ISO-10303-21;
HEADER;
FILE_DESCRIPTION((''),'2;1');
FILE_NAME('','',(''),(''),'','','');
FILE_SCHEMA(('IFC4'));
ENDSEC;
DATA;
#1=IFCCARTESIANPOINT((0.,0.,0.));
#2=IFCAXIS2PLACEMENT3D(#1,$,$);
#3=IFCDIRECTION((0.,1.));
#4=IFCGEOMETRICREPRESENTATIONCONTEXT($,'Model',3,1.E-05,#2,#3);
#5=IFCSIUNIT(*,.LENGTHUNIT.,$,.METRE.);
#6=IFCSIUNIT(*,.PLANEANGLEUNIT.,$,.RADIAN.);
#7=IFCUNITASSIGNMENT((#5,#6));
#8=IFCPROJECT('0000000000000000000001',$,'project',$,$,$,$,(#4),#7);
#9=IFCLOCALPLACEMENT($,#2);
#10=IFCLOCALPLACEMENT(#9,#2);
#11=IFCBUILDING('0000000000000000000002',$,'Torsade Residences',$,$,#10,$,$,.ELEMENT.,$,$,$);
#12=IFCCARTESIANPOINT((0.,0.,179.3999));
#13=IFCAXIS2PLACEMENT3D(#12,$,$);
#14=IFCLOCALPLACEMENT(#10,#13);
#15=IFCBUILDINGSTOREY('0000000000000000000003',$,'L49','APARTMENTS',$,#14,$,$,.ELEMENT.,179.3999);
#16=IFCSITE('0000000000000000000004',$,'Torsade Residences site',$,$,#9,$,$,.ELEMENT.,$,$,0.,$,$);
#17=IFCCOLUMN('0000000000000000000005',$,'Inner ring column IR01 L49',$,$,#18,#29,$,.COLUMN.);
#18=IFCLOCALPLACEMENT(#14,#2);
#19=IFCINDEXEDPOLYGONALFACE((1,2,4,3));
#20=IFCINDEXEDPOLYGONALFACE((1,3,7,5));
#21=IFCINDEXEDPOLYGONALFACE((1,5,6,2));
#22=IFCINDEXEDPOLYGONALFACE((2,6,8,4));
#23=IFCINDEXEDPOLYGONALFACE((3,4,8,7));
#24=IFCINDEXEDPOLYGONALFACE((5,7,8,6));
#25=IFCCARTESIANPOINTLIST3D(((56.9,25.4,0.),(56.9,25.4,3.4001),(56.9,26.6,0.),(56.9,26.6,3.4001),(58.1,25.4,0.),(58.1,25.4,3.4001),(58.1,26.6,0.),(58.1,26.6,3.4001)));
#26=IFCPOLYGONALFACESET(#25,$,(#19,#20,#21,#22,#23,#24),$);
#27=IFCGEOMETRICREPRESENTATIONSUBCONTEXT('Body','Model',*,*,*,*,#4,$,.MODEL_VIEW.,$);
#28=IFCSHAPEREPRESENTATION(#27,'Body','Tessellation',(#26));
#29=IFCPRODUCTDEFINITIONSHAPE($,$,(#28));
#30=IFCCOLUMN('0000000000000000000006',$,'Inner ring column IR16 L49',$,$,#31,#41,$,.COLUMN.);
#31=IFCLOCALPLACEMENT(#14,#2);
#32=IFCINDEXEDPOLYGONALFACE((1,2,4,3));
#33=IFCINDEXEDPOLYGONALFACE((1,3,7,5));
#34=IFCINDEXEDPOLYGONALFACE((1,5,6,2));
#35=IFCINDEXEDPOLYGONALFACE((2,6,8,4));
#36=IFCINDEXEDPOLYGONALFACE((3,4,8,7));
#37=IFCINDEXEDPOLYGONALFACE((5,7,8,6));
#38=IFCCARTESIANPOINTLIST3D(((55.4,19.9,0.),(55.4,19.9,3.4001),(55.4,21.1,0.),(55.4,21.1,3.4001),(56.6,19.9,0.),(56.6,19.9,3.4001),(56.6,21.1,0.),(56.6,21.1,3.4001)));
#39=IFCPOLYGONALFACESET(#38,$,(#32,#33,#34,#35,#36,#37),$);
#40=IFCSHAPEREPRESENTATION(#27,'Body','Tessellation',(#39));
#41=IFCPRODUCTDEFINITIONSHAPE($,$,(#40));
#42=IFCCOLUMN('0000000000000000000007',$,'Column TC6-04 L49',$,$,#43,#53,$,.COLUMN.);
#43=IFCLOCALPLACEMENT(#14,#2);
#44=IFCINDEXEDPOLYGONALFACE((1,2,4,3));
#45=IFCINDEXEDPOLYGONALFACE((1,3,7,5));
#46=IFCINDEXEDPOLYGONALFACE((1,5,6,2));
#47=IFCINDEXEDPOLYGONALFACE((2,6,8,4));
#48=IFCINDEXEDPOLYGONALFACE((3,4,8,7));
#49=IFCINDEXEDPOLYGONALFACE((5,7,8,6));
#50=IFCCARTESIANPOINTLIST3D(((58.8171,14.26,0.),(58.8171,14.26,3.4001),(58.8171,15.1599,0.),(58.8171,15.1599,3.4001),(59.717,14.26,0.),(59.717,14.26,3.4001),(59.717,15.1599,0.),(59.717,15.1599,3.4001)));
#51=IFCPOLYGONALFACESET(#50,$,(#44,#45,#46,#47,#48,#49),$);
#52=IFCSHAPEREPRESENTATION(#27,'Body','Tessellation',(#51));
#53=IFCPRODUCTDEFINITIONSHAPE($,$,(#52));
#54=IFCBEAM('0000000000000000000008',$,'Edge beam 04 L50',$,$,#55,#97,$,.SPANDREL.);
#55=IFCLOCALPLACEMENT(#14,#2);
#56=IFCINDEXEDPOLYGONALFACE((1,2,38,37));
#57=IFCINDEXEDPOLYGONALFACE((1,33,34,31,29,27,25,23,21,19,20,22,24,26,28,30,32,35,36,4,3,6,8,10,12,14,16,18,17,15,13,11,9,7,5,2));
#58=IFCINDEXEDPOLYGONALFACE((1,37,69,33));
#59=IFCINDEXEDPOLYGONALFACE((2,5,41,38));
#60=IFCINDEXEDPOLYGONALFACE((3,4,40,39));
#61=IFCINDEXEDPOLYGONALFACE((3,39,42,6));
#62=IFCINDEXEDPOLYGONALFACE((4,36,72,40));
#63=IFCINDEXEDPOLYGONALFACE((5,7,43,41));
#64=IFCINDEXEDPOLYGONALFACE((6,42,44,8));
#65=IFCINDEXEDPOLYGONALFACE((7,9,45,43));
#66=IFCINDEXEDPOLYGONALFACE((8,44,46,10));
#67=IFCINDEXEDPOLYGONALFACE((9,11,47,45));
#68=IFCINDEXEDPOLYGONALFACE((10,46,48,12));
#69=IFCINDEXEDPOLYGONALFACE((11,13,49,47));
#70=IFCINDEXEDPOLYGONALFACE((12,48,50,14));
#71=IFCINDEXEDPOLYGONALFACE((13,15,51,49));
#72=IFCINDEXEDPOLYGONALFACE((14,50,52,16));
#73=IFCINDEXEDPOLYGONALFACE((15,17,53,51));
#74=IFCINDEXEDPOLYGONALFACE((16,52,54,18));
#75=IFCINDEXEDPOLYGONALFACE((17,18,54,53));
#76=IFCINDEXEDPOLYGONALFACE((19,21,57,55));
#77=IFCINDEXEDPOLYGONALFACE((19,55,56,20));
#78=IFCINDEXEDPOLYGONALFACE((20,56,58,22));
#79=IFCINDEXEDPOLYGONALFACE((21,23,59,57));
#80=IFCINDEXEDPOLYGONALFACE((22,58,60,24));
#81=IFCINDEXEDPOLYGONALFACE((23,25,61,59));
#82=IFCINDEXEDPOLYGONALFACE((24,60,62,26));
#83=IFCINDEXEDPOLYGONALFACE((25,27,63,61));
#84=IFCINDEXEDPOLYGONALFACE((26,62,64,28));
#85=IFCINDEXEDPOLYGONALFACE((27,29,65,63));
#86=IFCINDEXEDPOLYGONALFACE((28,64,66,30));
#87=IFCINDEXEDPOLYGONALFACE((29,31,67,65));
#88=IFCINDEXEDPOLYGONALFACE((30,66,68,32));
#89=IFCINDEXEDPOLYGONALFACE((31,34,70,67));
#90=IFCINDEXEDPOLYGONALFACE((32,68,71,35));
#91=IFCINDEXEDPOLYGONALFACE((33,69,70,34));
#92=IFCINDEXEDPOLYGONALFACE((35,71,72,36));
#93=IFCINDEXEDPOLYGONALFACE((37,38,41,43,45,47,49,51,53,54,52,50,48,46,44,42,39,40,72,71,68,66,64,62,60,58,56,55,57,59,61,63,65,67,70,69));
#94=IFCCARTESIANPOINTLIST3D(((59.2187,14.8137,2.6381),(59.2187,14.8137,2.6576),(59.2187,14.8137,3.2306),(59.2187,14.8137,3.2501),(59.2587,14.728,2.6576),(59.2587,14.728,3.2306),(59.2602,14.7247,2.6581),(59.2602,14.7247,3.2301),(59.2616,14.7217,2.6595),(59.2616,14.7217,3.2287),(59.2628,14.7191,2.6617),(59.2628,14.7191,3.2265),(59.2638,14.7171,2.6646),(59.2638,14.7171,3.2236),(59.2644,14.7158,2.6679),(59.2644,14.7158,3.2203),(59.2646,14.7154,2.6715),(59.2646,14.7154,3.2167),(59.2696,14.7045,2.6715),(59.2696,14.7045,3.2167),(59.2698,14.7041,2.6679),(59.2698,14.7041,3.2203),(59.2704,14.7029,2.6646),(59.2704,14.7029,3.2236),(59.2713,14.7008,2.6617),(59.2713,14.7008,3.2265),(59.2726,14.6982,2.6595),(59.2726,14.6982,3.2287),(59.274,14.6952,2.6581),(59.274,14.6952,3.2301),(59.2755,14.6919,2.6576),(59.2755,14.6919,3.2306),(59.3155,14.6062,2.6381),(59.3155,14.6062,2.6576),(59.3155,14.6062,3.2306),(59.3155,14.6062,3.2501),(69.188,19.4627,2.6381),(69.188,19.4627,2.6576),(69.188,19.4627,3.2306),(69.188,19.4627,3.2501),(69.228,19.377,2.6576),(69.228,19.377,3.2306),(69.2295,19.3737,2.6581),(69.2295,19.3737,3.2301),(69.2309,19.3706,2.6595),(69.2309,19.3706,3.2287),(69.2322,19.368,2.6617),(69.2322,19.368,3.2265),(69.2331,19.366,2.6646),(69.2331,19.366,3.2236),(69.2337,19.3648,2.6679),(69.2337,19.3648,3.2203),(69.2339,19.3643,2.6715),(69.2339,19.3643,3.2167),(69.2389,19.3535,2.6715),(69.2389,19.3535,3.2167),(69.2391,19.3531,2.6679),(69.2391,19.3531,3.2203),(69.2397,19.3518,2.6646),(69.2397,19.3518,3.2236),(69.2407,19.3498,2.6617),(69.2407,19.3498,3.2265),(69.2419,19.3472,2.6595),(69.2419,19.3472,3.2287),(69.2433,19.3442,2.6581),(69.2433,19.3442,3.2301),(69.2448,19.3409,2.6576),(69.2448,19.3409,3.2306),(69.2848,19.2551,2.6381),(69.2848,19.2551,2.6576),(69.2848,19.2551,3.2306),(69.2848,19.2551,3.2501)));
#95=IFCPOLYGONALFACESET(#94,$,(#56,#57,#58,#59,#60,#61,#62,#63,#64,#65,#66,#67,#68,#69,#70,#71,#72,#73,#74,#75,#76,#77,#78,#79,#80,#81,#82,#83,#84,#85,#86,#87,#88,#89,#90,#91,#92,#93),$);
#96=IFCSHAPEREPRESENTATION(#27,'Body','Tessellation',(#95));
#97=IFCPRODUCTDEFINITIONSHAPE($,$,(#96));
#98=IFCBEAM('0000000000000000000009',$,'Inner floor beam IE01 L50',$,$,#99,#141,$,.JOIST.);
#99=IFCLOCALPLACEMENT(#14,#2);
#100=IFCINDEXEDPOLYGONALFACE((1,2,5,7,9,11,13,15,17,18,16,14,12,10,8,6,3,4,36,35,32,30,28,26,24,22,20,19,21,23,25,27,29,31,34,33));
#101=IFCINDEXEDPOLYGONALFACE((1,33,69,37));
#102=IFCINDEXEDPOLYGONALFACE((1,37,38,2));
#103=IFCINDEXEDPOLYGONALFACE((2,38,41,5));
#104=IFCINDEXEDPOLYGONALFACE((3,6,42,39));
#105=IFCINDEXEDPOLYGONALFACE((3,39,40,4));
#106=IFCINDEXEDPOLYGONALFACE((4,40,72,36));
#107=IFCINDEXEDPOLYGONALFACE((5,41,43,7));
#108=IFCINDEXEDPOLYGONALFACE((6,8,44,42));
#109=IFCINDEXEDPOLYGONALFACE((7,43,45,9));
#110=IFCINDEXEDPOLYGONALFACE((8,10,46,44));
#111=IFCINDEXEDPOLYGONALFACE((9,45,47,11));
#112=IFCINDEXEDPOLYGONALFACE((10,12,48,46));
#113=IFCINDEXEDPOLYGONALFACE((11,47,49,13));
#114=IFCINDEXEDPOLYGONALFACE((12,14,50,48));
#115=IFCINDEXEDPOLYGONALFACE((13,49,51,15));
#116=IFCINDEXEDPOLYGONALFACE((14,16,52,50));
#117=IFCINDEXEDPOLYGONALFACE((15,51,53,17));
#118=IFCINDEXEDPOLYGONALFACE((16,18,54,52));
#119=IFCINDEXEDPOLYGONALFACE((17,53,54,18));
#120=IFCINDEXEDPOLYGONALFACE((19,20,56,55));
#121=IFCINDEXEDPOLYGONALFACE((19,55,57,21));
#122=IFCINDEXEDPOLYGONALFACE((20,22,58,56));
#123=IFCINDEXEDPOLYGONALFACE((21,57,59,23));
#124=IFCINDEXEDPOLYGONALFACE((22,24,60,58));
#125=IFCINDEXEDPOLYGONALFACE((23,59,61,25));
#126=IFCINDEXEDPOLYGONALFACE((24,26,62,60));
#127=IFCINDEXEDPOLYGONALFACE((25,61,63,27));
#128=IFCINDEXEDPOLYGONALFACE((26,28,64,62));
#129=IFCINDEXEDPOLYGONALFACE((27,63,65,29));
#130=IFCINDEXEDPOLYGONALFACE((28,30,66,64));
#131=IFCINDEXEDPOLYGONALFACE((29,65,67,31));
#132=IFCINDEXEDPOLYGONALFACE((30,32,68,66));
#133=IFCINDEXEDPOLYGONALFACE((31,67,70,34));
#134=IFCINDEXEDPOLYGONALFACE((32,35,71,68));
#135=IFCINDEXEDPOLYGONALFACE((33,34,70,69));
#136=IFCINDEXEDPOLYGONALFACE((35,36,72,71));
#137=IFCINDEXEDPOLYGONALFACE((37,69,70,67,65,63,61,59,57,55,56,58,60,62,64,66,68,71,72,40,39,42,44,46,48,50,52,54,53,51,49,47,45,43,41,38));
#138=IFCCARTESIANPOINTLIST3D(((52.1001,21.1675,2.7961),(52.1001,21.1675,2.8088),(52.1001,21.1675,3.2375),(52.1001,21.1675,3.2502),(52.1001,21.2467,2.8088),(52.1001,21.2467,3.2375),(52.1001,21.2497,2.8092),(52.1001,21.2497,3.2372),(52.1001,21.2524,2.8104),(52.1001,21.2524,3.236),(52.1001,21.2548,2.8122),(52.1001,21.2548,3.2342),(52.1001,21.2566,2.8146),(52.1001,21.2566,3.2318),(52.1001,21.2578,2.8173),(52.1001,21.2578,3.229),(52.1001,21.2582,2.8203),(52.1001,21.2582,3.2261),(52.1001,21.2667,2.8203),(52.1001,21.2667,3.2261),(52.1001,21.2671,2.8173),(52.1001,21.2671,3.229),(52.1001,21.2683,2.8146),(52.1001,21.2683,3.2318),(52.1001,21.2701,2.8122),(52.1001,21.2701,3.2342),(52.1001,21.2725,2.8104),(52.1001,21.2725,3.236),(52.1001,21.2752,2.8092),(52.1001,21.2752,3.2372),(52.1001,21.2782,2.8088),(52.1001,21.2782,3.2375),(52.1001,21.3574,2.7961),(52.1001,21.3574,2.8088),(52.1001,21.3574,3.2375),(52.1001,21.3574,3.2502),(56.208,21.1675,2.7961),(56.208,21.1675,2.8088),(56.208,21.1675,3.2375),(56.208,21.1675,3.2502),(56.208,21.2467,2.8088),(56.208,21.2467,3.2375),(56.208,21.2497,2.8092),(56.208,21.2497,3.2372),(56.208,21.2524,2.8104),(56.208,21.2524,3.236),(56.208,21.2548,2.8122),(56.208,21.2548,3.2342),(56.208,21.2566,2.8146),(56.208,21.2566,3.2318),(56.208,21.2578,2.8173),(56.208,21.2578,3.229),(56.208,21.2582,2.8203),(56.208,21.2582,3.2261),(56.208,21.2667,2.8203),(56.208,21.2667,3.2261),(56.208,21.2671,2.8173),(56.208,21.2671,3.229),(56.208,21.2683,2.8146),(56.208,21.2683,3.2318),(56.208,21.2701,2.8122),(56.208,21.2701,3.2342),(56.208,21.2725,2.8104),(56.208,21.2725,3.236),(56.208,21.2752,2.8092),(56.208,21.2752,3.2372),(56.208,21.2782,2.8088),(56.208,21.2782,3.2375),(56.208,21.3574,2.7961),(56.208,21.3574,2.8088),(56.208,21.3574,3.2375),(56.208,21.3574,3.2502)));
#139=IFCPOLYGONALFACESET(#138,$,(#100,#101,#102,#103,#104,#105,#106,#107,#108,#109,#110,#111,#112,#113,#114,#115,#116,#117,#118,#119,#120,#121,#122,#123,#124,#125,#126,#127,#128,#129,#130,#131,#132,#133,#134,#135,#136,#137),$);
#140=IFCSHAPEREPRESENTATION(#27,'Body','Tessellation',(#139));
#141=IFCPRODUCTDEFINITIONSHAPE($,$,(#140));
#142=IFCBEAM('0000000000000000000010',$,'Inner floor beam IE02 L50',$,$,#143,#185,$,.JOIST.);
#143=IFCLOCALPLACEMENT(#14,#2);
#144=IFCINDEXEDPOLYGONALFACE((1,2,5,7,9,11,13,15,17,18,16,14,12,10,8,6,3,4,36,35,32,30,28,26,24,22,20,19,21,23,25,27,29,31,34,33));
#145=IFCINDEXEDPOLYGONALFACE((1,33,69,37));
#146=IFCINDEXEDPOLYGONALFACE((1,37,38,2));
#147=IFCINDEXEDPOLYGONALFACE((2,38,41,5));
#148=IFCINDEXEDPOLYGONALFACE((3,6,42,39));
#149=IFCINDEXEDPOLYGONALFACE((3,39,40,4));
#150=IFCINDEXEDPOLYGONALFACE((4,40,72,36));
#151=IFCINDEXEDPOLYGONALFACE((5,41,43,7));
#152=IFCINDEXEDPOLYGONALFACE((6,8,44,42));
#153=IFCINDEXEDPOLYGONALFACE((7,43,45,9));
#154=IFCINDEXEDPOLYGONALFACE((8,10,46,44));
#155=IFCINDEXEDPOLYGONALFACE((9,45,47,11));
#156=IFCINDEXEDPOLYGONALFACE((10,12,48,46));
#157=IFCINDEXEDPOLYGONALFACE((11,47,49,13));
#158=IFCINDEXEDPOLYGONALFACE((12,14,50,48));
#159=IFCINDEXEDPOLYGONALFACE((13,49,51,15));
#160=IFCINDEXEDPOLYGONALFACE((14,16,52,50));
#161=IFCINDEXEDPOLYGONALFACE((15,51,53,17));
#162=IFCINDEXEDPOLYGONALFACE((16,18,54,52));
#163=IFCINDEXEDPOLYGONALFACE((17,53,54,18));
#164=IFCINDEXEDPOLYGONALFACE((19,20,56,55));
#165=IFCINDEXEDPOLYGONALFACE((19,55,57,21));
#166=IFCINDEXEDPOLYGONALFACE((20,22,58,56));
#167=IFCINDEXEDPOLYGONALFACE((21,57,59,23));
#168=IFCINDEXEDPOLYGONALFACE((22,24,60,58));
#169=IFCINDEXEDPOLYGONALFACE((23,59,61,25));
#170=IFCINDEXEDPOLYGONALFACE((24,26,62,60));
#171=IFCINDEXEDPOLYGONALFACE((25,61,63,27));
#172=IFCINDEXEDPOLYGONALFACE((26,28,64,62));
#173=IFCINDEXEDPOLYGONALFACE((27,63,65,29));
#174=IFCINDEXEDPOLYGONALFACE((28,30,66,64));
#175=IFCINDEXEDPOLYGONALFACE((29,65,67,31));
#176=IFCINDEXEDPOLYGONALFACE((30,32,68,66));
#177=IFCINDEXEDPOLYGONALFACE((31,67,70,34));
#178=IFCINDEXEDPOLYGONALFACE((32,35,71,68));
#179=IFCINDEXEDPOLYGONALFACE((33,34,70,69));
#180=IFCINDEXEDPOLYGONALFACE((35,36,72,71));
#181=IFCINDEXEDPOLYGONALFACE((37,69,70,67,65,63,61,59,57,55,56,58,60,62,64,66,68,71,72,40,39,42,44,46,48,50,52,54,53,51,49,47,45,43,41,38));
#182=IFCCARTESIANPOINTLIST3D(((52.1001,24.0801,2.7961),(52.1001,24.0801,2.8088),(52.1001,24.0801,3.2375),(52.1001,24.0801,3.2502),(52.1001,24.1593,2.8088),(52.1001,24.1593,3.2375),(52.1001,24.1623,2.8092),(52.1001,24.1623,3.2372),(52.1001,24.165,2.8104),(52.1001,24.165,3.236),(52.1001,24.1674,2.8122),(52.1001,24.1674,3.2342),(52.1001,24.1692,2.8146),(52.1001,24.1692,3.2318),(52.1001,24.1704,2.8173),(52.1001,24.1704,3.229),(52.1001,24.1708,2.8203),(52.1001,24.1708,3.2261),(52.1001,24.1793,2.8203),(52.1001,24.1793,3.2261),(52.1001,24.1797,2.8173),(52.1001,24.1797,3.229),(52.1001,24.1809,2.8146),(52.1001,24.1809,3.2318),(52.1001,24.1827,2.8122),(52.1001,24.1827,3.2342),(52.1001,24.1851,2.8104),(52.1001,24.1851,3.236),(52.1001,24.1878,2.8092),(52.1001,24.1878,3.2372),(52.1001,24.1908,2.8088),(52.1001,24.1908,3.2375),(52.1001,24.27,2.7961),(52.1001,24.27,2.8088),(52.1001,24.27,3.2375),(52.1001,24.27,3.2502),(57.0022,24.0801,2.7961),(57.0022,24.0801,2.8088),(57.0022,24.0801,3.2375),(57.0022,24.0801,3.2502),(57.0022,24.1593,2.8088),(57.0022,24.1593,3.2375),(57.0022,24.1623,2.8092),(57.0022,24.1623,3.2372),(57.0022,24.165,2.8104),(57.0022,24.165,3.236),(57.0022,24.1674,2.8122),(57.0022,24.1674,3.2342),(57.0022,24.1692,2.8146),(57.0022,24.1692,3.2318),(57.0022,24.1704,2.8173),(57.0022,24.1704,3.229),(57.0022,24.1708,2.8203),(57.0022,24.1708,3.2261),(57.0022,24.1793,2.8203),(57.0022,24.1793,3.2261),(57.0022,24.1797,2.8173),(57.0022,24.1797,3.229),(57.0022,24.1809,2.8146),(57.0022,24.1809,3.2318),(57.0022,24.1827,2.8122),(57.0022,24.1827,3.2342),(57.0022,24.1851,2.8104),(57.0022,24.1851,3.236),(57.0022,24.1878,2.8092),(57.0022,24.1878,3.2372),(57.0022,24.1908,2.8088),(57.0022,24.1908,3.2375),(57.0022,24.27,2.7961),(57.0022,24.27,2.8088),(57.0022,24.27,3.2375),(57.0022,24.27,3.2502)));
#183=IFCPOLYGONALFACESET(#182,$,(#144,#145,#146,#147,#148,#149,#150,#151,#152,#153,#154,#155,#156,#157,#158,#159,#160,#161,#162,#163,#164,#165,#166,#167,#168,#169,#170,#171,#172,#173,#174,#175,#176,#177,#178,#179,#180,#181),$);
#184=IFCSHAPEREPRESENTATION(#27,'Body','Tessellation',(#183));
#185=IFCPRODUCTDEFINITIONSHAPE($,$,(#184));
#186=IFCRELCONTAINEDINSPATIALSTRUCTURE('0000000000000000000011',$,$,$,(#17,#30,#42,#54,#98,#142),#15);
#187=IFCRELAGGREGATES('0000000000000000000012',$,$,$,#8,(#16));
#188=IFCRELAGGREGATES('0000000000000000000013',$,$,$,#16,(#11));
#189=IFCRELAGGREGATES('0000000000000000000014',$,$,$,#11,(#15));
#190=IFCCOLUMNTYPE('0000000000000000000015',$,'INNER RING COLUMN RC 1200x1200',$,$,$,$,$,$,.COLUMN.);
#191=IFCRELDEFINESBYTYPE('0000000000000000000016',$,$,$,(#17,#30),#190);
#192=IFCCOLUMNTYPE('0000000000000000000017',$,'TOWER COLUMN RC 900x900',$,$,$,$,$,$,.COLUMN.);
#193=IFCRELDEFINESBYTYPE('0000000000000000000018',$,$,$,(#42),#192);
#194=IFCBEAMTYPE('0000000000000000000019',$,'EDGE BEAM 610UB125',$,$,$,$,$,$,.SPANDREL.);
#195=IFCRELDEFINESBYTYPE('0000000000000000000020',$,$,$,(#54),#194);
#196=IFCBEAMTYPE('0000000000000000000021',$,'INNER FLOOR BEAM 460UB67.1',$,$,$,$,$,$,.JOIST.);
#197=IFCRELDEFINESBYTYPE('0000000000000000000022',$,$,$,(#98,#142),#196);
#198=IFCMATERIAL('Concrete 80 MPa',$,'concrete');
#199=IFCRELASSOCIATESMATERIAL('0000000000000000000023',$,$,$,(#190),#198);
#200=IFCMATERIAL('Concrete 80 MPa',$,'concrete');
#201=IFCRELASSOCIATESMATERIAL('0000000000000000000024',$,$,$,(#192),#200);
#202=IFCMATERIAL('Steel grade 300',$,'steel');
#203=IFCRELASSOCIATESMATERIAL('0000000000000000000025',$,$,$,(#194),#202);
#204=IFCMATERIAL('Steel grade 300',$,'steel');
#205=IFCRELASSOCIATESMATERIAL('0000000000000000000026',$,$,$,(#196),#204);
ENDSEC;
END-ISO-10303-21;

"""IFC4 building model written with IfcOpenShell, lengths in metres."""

from ifc_helpers import new_model, si_unit, direction, frame, origin, origin_2d, place, context, subcontext, project, spatial, rectangle, i_section, extrude, material, material_profile, profile_set, type_object, element, save


model = new_model("IFC4")

# Units and contexts
model_context = context("Model", 3, precision=1e-05, world=origin(), true_north=direction((0.0, 1.0)))
body_context = subcontext(model_context, "Body", "Model", "MODEL_VIEW")
ifc_project = project(units=[si_unit("LENGTHUNIT", "METRE"), si_unit("PLANEANGLEUNIT", "RADIAN")], contexts=[model_context])

# Site, building, storey
site_placement = place(None, origin())
site = spatial("IfcSite", under=ifc_project, at=site_placement, Name="Torsade Residences site", CompositionType="ELEMENT", RefElevation=0.0)
building_placement = place(site_placement, origin())
building = spatial("IfcBuilding", under=site, at=building_placement, Name="Torsade Residences", CompositionType="ELEMENT")
storey_placement = place(building_placement, frame((0.0, 0.0, 179.3999)))
storey = spatial("IfcBuildingStorey", under=building, at=storey_placement, Name="L49", Description="APARTMENTS", CompositionType="ELEMENT", Elevation=179.3999)

# Columns
ifc_material_1 = material(Name="Concrete 80 MPa", Category="concrete")
ifc_material_profile_1 = material_profile(ifc_material_1, rectangle(XDim=1.2, YDim=1.2, at=origin_2d()), Name="RC 1200x1200")
ifc_profile_set_1 = profile_set([ifc_material_profile_1], Name="Concrete 80 MPa")
column_type_1 = type_object("IfcColumnType", Name="INNER RING COLUMN RC 1200x1200", PredefinedType="COLUMN", material=ifc_profile_set_1)
for number, where, z_axis, x_axis, name in (
    (1, (57.5, 26.0, 0.0), (0.0, 0.0, 1.0), (1.0, 0.0, 0.0), "Inner ring column IR01 L49"),
    (2, (56.0, 20.5, 0.0), (0.0, 0.0, 1.0), (1.0, 0.0, 0.0), "Inner ring column IR16 L49"),
):
    element("IfcColumn", number, at=place(storey_placement, frame(where, z_axis=z_axis, x_axis=x_axis)), inside=storey, type_object=column_type_1, Name=name, PredefinedType="COLUMN", context=body_context, shape_type="SweptSolid", body=[
        extrude(rectangle(XDim=1.2, YDim=1.2, at=origin_2d()), origin(), (0.0, 0.0, 1.0), 3.4001),
    ])
ifc_material_2 = material(Name="Concrete 80 MPa", Category="concrete")
ifc_material_profile_2 = material_profile(ifc_material_2, rectangle(XDim=0.8999, YDim=0.8999, at=origin_2d()), Name="RC 900x900")
ifc_profile_set_2 = profile_set([ifc_material_profile_2], Name="Concrete 80 MPa")
column_type_2 = type_object("IfcColumnType", Name="TOWER COLUMN RC 900x900", PredefinedType="COLUMN", material=ifc_profile_set_2)
column_placement = place(storey_placement, frame((59.2671, 14.71, 0.0), z_axis=(0.0, 0.0, 1.0), x_axis=(1.0, 0.0, 0.0)))
element("IfcColumn", 3, at=column_placement, inside=storey, type_object=column_type_2, Name="Column TC6-04 L49", PredefinedType="COLUMN", context=body_context, shape_type="SweptSolid", body=[
    extrude(rectangle(XDim=0.8999, YDim=0.8999, at=origin_2d()), origin(), (0.0, 0.0, 1.0), 3.4001),
])

# Beams
ifc_material_3 = material(Name="Steel grade 300", Category="steel")
ifc_material_profile_3 = material_profile(ifc_material_3, i_section(OverallWidth=0.229, OverallDepth=0.6121, WebThickness=0.012, FlangeThickness=0.0195, FilletRadius=0.0139, at=origin_2d()), Name="610UB125")
ifc_profile_set_3 = profile_set([ifc_material_profile_3], Name="Steel grade 300")
beam_type_1 = type_object("IfcBeamType", Name="EDGE BEAM 610UB125", PredefinedType="SPANDREL", material=ifc_profile_set_3)
beam_1_placement = place(storey_placement, frame((59.2671, 14.71, 2.9441), z_axis=(0.906301, 0.422633, 0.0), x_axis=(-0.422633, 0.906301, 0.0)))
element("IfcBeam", 4, at=beam_1_placement, inside=storey, type_object=beam_type_1, Name="Edge beam 04 L50", PredefinedType="SPANDREL", context=body_context, shape_type="SweptSolid", body=[
    extrude(i_section(OverallWidth=0.229, OverallDepth=0.6121, WebThickness=0.012, FlangeThickness=0.0195, FilletRadius=0.0139, at=origin_2d()), origin(), (0.0, 0.0, 1.0), 11.0),
])
ifc_material_4 = material(Name="Steel grade 300", Category="steel")
ifc_material_profile_4 = material_profile(ifc_material_4, i_section(OverallWidth=0.1899, OverallDepth=0.4541, WebThickness=0.0085, FlangeThickness=0.0127, FilletRadius=0.0115, at=origin_2d()), Name="460UB67.1")
ifc_profile_set_4 = profile_set([ifc_material_profile_4], Name="Steel grade 300")
beam_type_2 = type_object("IfcBeamType", Name="INNER FLOOR BEAM 460UB67.1", PredefinedType="JOIST", material=ifc_profile_set_4)
beam_2_placement = place(storey_placement, frame((52.1001, 21.2625, 3.0232), z_axis=(1.0, 0.0, 0.0), x_axis=(0.0, 1.0, 0.0)))
element("IfcBeam", 5, at=beam_2_placement, inside=storey, type_object=beam_type_2, Name="Inner floor beam IE01 L50", PredefinedType="JOIST", context=body_context, shape_type="SweptSolid", body=[
    extrude(i_section(OverallWidth=0.1899, OverallDepth=0.4541, WebThickness=0.0085, FlangeThickness=0.0127, FilletRadius=0.0115, at=origin_2d()), origin(), (0.0, 0.0, 1.0), 4.1079),
])
beam_3_placement = place(storey_placement, frame((52.1001, 24.175, 3.0232), z_axis=(1.0, 0.0, 0.0), x_axis=(0.0, 1.0, 0.0)))
element("IfcBeam", 6, at=beam_3_placement, inside=storey, type_object=beam_type_2, Name="Inner floor beam IE02 L50", PredefinedType="JOIST", context=body_context, shape_type="SweptSolid", body=[
    extrude(i_section(OverallWidth=0.1899, OverallDepth=0.4541, WebThickness=0.0085, FlangeThickness=0.0127, FilletRadius=0.0115, at=origin_2d()), origin(), (0.0, 0.0, 1.0), 4.9021),
])

save(model, "model.ifc")
